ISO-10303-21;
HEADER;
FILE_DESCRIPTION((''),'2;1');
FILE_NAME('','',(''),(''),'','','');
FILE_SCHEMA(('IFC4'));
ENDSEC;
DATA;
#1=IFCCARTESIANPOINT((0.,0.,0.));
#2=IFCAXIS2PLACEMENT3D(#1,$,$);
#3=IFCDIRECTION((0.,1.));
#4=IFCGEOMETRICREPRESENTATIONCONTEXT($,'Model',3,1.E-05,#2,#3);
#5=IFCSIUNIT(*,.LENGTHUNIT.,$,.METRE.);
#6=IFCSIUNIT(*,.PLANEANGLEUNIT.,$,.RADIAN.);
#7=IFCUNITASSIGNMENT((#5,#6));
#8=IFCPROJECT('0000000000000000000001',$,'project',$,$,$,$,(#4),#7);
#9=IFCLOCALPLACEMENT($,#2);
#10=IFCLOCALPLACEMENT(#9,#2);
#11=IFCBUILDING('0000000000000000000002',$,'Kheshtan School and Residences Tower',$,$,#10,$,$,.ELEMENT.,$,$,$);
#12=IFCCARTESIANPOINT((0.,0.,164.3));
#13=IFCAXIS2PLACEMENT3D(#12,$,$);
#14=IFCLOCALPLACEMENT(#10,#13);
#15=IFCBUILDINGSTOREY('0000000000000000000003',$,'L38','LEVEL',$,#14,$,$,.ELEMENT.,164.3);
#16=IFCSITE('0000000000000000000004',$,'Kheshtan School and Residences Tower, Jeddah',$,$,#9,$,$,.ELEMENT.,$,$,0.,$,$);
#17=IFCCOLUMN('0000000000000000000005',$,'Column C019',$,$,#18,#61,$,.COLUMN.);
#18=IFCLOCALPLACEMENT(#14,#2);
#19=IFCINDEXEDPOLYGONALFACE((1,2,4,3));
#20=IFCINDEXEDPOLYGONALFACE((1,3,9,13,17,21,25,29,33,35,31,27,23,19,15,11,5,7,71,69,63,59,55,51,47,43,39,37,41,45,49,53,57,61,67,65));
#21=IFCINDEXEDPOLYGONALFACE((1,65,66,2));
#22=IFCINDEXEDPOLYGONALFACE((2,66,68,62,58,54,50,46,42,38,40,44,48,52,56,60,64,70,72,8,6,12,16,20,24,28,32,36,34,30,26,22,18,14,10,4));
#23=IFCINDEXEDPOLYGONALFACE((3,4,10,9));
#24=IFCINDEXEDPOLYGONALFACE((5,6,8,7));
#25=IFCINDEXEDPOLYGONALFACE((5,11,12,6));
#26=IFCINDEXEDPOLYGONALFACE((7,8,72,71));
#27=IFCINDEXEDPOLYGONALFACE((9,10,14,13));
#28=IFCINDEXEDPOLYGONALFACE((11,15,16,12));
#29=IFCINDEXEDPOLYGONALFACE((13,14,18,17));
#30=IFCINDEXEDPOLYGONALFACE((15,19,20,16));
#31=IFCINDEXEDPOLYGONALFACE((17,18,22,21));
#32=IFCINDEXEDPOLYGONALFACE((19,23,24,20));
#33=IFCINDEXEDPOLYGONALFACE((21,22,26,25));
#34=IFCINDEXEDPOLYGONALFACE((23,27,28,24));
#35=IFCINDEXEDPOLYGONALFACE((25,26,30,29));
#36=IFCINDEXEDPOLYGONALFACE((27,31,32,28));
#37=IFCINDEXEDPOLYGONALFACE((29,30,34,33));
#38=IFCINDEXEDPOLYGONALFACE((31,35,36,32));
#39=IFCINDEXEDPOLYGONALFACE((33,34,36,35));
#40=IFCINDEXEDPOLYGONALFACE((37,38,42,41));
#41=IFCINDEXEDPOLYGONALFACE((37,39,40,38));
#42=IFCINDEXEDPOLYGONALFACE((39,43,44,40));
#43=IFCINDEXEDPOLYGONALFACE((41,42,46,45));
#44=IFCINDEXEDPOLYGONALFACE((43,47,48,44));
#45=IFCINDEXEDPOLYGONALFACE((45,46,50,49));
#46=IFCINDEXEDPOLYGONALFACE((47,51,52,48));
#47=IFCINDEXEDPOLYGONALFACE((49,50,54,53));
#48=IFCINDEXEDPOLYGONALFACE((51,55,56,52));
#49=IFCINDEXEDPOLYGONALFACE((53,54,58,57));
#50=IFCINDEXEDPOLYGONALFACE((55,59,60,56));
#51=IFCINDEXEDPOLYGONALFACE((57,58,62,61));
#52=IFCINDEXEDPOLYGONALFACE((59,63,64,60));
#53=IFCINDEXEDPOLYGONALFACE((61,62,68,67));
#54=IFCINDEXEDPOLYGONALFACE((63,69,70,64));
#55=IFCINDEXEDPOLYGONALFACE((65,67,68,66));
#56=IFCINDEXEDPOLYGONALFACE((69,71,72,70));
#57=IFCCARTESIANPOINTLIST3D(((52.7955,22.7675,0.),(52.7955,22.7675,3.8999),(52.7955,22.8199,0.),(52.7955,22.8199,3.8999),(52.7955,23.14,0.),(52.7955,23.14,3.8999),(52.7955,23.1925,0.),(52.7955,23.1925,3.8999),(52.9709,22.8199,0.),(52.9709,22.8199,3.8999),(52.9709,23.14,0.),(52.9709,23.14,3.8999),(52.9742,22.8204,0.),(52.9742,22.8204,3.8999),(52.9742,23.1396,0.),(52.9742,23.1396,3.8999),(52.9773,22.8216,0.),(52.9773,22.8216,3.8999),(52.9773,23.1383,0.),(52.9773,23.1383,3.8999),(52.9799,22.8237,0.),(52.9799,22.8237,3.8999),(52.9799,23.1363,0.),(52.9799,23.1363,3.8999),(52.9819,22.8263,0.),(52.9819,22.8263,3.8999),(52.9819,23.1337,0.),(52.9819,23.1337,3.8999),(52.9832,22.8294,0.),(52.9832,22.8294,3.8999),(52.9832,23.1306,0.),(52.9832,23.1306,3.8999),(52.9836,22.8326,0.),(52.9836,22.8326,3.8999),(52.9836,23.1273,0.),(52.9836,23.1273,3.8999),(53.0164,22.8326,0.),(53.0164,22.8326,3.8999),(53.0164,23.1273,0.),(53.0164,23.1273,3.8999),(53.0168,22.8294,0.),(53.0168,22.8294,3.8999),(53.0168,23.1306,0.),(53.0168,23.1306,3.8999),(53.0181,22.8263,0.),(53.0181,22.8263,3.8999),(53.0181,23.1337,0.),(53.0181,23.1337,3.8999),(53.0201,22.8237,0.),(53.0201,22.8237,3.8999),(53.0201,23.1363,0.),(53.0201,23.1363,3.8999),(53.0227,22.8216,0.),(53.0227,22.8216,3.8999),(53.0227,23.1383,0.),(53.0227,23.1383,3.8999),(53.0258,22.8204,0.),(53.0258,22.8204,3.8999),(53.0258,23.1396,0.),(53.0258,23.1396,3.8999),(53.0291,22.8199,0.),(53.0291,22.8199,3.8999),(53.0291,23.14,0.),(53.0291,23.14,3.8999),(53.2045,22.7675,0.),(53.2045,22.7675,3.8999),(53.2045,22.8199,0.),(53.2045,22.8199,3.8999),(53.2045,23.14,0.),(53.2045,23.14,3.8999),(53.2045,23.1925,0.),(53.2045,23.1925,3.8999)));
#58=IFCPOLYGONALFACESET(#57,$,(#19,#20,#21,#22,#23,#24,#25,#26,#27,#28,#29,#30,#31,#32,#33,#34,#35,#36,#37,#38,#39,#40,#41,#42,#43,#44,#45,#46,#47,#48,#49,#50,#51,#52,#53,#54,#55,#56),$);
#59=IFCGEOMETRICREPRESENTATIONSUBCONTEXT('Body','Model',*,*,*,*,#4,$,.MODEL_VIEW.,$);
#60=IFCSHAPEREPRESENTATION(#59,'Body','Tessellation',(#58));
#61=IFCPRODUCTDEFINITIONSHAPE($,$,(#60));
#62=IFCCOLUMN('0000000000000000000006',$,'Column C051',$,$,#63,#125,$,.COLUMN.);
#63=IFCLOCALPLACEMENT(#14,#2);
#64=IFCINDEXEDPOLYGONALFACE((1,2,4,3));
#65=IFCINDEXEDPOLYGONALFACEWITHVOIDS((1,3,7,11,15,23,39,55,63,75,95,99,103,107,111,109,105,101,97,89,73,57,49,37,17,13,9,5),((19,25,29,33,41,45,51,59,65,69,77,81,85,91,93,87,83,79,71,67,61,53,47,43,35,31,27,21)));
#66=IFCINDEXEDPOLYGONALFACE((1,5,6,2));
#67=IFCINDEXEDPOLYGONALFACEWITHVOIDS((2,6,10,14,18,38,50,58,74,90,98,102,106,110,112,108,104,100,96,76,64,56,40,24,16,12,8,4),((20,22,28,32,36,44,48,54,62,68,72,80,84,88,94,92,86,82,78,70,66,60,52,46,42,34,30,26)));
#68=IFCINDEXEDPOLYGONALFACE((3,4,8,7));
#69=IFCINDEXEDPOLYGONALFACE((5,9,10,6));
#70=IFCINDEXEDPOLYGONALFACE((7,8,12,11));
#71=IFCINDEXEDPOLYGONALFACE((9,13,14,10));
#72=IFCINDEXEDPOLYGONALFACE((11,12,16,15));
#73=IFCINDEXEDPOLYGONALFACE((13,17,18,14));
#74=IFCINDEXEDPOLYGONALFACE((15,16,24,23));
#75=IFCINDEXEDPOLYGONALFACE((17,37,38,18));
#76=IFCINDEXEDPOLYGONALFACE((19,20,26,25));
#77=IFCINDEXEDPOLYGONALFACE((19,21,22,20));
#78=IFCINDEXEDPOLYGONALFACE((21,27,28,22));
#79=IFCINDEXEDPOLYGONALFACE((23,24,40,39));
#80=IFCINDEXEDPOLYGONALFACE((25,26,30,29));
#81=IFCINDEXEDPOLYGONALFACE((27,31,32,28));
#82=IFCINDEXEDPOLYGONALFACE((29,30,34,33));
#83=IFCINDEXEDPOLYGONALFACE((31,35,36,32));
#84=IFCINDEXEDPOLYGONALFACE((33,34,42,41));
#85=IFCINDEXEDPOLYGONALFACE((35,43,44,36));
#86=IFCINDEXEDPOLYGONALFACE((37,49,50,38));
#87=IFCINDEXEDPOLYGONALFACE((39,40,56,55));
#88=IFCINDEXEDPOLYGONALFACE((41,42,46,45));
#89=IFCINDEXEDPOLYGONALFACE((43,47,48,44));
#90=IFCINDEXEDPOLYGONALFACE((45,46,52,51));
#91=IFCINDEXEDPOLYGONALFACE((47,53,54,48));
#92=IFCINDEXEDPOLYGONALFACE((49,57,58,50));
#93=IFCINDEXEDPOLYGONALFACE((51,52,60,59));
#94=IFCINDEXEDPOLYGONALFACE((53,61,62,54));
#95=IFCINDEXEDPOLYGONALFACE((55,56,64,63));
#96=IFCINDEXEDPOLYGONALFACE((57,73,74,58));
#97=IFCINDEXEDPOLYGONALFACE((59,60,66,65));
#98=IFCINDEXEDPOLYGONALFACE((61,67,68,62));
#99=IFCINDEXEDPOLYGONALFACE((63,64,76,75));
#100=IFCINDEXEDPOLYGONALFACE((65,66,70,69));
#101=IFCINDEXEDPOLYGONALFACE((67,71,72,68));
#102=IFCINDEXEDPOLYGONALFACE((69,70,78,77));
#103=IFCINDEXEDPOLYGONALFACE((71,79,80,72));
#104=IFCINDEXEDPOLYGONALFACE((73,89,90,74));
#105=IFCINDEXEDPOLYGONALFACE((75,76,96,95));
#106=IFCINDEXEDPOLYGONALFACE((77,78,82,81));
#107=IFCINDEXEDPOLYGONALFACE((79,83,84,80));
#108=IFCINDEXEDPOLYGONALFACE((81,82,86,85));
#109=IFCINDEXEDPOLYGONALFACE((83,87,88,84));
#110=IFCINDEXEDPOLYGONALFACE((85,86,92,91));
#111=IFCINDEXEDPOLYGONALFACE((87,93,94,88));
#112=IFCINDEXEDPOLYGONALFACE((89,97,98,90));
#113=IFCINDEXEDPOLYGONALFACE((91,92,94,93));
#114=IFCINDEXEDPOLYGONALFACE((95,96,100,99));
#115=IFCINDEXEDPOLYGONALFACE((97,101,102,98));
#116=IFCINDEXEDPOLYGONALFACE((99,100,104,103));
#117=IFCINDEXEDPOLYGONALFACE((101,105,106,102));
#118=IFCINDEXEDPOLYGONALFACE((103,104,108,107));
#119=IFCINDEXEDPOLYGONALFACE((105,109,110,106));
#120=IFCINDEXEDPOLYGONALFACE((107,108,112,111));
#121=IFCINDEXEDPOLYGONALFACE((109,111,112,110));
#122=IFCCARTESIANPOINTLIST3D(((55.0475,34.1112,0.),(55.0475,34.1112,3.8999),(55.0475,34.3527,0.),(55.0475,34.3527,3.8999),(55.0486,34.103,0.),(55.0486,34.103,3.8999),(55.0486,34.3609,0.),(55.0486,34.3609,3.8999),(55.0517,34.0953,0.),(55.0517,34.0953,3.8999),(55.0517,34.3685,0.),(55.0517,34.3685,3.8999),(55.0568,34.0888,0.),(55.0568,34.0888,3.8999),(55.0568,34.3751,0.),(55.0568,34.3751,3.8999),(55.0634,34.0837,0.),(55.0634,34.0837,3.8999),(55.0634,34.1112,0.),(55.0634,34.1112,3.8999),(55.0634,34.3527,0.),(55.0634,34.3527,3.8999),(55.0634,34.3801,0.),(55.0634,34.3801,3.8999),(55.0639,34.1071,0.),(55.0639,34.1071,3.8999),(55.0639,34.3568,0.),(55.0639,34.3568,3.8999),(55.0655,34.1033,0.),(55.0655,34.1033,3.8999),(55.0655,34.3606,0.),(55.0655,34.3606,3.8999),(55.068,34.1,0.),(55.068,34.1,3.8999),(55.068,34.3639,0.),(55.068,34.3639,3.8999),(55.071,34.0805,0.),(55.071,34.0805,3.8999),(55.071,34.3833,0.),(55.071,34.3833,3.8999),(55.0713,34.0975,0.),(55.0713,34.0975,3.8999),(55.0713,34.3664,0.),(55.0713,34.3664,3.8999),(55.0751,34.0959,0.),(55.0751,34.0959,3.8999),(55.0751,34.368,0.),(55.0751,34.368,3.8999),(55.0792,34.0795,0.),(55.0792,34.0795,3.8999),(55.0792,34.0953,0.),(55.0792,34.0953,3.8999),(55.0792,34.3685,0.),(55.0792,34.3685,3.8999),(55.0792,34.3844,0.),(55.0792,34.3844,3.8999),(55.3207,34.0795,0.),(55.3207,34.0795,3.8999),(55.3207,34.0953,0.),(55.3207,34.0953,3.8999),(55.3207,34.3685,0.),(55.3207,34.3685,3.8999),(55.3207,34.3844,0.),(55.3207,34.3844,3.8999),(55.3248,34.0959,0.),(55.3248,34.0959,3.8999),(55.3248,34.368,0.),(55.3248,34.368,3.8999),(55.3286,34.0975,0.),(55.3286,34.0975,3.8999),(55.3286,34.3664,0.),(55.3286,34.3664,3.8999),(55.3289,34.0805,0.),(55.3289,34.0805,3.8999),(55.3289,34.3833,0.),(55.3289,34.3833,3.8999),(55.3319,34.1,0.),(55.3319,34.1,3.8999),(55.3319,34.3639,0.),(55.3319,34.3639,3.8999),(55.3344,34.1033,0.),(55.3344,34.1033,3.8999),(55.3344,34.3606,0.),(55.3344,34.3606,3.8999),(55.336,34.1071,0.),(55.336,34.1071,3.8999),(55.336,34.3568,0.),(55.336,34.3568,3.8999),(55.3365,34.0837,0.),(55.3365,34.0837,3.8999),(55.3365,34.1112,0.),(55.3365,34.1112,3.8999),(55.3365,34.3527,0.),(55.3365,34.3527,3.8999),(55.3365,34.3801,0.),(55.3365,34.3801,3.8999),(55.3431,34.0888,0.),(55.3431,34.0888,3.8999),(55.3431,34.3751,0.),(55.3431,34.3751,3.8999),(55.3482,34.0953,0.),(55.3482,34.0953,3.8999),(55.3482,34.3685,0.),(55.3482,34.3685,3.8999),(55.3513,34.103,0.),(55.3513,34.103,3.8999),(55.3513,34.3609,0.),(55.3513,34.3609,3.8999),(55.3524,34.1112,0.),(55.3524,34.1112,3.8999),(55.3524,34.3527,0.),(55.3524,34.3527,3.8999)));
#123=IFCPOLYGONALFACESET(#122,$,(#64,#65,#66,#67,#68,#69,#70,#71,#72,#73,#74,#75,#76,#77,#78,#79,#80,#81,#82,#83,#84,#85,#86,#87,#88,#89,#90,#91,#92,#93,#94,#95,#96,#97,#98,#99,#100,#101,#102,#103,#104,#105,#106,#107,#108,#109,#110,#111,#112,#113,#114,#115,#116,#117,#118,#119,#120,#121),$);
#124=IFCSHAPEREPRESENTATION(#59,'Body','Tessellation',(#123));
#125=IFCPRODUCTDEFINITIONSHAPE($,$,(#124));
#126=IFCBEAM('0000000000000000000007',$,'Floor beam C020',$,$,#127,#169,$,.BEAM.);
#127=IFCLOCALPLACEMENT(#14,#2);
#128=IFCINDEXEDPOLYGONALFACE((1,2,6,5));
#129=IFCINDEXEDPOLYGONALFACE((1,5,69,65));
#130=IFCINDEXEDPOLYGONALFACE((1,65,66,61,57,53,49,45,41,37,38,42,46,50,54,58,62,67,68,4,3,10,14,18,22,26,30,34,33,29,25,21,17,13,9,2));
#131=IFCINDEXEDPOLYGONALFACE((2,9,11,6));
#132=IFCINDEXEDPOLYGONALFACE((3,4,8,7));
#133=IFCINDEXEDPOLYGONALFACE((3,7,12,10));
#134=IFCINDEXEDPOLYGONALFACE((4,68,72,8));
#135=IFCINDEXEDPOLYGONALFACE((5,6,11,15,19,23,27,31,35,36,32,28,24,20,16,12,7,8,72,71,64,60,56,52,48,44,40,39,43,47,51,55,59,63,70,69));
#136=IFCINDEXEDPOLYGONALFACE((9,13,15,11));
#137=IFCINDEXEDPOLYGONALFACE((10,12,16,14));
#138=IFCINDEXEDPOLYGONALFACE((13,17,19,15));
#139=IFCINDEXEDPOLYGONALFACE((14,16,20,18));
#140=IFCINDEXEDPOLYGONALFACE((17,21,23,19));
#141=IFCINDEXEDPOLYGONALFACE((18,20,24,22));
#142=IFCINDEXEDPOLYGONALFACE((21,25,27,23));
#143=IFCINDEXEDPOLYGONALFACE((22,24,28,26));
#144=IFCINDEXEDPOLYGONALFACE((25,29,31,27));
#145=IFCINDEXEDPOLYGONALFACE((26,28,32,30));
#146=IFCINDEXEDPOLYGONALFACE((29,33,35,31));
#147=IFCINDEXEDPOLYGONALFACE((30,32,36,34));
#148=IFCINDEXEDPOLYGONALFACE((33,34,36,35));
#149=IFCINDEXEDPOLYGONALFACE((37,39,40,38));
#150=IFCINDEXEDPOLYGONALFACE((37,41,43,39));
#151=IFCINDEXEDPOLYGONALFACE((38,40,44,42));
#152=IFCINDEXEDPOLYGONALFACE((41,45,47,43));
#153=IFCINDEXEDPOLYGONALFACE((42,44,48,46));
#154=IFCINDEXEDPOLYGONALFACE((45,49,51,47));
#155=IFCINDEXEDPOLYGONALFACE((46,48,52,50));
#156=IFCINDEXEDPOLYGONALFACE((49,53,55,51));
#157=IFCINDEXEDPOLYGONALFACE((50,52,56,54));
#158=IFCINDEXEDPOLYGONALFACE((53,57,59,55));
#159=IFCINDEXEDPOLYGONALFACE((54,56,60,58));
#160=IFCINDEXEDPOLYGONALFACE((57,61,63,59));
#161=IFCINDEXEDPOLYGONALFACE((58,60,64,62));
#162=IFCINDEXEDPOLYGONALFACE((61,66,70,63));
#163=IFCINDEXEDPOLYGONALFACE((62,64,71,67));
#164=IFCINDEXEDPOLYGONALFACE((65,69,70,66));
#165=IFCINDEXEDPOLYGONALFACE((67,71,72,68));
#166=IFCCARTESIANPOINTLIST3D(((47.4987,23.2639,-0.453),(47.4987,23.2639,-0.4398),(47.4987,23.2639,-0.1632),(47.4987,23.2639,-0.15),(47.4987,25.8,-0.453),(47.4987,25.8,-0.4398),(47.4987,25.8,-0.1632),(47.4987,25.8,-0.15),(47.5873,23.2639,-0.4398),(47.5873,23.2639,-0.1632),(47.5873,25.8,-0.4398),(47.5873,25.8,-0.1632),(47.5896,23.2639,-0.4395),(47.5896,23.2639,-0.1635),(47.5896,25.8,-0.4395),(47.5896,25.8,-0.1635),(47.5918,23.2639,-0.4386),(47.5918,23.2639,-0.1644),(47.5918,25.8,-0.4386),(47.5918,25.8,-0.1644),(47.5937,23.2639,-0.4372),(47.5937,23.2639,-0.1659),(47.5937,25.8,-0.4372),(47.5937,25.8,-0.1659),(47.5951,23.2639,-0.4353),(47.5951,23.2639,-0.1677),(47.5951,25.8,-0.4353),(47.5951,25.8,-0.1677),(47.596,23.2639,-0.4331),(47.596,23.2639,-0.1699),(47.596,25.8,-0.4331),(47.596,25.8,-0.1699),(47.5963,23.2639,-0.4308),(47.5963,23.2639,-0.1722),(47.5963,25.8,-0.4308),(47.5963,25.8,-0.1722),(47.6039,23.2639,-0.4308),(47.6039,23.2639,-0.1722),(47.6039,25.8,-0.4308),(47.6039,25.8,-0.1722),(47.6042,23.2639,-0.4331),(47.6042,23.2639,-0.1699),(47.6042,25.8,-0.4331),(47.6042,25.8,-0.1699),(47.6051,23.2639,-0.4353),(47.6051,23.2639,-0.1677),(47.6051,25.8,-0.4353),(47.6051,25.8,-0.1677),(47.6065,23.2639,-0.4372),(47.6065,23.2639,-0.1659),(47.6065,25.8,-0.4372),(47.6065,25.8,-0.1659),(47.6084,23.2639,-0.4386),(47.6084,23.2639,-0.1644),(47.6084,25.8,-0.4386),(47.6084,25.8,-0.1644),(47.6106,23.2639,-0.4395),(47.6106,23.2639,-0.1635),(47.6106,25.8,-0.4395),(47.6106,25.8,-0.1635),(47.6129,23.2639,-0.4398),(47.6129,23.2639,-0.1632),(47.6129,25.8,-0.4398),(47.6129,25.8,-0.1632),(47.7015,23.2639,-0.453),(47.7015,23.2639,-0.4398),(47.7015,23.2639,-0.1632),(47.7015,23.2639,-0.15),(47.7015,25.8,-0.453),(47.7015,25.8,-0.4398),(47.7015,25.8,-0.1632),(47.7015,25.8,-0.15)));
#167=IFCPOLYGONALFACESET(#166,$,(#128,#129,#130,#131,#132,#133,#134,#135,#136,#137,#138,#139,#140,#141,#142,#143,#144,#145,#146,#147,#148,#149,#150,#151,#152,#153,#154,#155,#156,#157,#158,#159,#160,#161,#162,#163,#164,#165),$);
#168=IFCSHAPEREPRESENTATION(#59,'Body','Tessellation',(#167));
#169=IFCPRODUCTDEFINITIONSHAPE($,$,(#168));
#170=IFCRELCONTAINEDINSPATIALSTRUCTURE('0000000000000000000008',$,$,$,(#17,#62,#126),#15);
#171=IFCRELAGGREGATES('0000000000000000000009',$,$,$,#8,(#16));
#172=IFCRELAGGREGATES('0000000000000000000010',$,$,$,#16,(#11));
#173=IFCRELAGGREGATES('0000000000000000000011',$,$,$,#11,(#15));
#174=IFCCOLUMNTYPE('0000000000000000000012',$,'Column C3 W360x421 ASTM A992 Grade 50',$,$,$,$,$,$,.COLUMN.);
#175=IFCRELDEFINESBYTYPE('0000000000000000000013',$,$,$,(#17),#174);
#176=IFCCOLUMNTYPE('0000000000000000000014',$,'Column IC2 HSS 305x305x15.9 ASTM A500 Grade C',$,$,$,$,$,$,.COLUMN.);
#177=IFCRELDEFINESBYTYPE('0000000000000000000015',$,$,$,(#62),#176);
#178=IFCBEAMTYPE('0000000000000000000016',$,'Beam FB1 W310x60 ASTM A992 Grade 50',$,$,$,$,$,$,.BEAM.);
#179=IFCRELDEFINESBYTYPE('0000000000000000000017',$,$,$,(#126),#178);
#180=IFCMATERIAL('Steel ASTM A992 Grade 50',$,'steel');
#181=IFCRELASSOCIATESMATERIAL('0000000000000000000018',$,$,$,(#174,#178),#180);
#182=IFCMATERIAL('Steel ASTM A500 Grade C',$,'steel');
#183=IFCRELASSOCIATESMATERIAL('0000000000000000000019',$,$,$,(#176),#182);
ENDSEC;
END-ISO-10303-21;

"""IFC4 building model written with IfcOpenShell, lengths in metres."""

from ifc_helpers import new_model, si_unit, direction, frame, origin, origin_2d, place, context, subcontext, project, spatial, hollow_rectangle, i_section, extrude, material, material_profile, profile_set, type_object, element, save


model = new_model("IFC4")

# Units and contexts
model_context = context("Model", 3, precision=1e-05, world=origin(), true_north=direction((0.0, 1.0)))
body_context = subcontext(model_context, "Body", "Model", "MODEL_VIEW")
ifc_project = project(units=[si_unit("LENGTHUNIT", "METRE"), si_unit("PLANEANGLEUNIT", "RADIAN")], contexts=[model_context])

# Site, building, storey
site_placement = place(None, origin())
site = spatial("IfcSite", under=ifc_project, at=site_placement, Name="Kheshtan School and Residences Tower, Jeddah", CompositionType="ELEMENT", RefElevation=0.0)
building_placement = place(site_placement, origin())
building = spatial("IfcBuilding", under=site, at=building_placement, Name="Kheshtan School and Residences Tower", CompositionType="ELEMENT")
storey_placement = place(building_placement, frame((0.0, 0.0, 164.3)))
storey = spatial("IfcBuildingStorey", under=building, at=storey_placement, Name="L38", Description="LEVEL", CompositionType="ELEMENT", Elevation=164.3)

# Columns
ifc_material_1 = material(Name="Steel ASTM A992 Grade 50", Category="steel")
ifc_material_profile_1 = material_profile(ifc_material_1, i_section(OverallWidth=0.4089, OverallDepth=0.425, WebThickness=0.0327, FlangeThickness=0.0525, FilletRadius=0.0127, at=origin_2d()), Name="W360x421")
ifc_profile_set_1 = profile_set([ifc_material_profile_1], Name="Steel ASTM A992 Grade 50")
column_type_1 = type_object("IfcColumnType", Name="Column C3 W360x421 ASTM A992 Grade 50", PredefinedType="COLUMN", material=ifc_profile_set_1)
column_1_placement = place(storey_placement, frame((53.0, 22.98, 0.0), z_axis=(0.0, 0.0, 1.0), x_axis=(1.0, 0.0, 0.0)))
element("IfcColumn", 1, at=column_1_placement, inside=storey, type_object=column_type_1, Name="Column C019", PredefinedType="COLUMN", context=body_context, shape_type="SweptSolid", body=[
    extrude(i_section(OverallWidth=0.4089, OverallDepth=0.425, WebThickness=0.0327, FlangeThickness=0.0525, FilletRadius=0.0127, at=origin_2d()), origin(), (0.0, 0.0, 1.0), 3.8999),
])
ifc_material_2 = material(Name="Steel ASTM A500 Grade C", Category="steel")
ifc_material_profile_2 = material_profile(ifc_material_2, hollow_rectangle(XDim=0.3049, YDim=0.3049, WallThickness=0.0159, InnerFilletRadius=0.0159, OuterFilletRadius=0.0317, at=origin_2d()), Name="HSS 305x305x15.9")
ifc_profile_set_2 = profile_set([ifc_material_profile_2], Name="Steel ASTM A500 Grade C")
column_type_2 = type_object("IfcColumnType", Name="Column IC2 HSS 305x305x15.9 ASTM A500 Grade C", PredefinedType="COLUMN", material=ifc_profile_set_2)
column_2_placement = place(storey_placement, frame((55.2, 34.2319, 0.0), z_axis=(0.0, 0.0, 1.0), x_axis=(1.0, 0.0, 0.0)))
element("IfcColumn", 2, at=column_2_placement, inside=storey, type_object=column_type_2, Name="Column C051", PredefinedType="COLUMN", context=body_context, shape_type="SweptSolid", body=[
    extrude(hollow_rectangle(XDim=0.3049, YDim=0.3049, WallThickness=0.0159, InnerFilletRadius=0.0159, OuterFilletRadius=0.0317, at=origin_2d()), origin(), (0.0, 0.0, 1.0), 3.8999),
])

# Beam
ifc_material_profile_3 = material_profile(ifc_material_1, i_section(OverallWidth=0.2029, OverallDepth=0.303, WebThickness=0.0076, FlangeThickness=0.0132, FilletRadius=0.009, at=origin_2d()), Name="W310x60")
ifc_profile_set_3 = profile_set([ifc_material_profile_3], Name="Steel ASTM A992 Grade 50")
beam_type_1 = type_object("IfcBeamType", Name="Beam FB1 W310x60 ASTM A992 Grade 50", PredefinedType="BEAM", material=ifc_profile_set_3)
beam_1_placement = place(storey_placement, frame((47.6001, 23.2639, -0.3015), z_axis=(0.0, 1.0, 0.0), x_axis=(-1.0, 0.0, 0.0)))
element("IfcBeam", 3, at=beam_1_placement, inside=storey, type_object=beam_type_1, Name="Floor beam C020", PredefinedType="BEAM", context=body_context, shape_type="SweptSolid", body=[
    extrude(i_section(OverallWidth=0.2029, OverallDepth=0.303, WebThickness=0.0076, FlangeThickness=0.0132, FilletRadius=0.009, at=origin_2d()), origin(), (0.0, 0.0, 1.0), 2.5361),
])

save(model, "model.ifc")
